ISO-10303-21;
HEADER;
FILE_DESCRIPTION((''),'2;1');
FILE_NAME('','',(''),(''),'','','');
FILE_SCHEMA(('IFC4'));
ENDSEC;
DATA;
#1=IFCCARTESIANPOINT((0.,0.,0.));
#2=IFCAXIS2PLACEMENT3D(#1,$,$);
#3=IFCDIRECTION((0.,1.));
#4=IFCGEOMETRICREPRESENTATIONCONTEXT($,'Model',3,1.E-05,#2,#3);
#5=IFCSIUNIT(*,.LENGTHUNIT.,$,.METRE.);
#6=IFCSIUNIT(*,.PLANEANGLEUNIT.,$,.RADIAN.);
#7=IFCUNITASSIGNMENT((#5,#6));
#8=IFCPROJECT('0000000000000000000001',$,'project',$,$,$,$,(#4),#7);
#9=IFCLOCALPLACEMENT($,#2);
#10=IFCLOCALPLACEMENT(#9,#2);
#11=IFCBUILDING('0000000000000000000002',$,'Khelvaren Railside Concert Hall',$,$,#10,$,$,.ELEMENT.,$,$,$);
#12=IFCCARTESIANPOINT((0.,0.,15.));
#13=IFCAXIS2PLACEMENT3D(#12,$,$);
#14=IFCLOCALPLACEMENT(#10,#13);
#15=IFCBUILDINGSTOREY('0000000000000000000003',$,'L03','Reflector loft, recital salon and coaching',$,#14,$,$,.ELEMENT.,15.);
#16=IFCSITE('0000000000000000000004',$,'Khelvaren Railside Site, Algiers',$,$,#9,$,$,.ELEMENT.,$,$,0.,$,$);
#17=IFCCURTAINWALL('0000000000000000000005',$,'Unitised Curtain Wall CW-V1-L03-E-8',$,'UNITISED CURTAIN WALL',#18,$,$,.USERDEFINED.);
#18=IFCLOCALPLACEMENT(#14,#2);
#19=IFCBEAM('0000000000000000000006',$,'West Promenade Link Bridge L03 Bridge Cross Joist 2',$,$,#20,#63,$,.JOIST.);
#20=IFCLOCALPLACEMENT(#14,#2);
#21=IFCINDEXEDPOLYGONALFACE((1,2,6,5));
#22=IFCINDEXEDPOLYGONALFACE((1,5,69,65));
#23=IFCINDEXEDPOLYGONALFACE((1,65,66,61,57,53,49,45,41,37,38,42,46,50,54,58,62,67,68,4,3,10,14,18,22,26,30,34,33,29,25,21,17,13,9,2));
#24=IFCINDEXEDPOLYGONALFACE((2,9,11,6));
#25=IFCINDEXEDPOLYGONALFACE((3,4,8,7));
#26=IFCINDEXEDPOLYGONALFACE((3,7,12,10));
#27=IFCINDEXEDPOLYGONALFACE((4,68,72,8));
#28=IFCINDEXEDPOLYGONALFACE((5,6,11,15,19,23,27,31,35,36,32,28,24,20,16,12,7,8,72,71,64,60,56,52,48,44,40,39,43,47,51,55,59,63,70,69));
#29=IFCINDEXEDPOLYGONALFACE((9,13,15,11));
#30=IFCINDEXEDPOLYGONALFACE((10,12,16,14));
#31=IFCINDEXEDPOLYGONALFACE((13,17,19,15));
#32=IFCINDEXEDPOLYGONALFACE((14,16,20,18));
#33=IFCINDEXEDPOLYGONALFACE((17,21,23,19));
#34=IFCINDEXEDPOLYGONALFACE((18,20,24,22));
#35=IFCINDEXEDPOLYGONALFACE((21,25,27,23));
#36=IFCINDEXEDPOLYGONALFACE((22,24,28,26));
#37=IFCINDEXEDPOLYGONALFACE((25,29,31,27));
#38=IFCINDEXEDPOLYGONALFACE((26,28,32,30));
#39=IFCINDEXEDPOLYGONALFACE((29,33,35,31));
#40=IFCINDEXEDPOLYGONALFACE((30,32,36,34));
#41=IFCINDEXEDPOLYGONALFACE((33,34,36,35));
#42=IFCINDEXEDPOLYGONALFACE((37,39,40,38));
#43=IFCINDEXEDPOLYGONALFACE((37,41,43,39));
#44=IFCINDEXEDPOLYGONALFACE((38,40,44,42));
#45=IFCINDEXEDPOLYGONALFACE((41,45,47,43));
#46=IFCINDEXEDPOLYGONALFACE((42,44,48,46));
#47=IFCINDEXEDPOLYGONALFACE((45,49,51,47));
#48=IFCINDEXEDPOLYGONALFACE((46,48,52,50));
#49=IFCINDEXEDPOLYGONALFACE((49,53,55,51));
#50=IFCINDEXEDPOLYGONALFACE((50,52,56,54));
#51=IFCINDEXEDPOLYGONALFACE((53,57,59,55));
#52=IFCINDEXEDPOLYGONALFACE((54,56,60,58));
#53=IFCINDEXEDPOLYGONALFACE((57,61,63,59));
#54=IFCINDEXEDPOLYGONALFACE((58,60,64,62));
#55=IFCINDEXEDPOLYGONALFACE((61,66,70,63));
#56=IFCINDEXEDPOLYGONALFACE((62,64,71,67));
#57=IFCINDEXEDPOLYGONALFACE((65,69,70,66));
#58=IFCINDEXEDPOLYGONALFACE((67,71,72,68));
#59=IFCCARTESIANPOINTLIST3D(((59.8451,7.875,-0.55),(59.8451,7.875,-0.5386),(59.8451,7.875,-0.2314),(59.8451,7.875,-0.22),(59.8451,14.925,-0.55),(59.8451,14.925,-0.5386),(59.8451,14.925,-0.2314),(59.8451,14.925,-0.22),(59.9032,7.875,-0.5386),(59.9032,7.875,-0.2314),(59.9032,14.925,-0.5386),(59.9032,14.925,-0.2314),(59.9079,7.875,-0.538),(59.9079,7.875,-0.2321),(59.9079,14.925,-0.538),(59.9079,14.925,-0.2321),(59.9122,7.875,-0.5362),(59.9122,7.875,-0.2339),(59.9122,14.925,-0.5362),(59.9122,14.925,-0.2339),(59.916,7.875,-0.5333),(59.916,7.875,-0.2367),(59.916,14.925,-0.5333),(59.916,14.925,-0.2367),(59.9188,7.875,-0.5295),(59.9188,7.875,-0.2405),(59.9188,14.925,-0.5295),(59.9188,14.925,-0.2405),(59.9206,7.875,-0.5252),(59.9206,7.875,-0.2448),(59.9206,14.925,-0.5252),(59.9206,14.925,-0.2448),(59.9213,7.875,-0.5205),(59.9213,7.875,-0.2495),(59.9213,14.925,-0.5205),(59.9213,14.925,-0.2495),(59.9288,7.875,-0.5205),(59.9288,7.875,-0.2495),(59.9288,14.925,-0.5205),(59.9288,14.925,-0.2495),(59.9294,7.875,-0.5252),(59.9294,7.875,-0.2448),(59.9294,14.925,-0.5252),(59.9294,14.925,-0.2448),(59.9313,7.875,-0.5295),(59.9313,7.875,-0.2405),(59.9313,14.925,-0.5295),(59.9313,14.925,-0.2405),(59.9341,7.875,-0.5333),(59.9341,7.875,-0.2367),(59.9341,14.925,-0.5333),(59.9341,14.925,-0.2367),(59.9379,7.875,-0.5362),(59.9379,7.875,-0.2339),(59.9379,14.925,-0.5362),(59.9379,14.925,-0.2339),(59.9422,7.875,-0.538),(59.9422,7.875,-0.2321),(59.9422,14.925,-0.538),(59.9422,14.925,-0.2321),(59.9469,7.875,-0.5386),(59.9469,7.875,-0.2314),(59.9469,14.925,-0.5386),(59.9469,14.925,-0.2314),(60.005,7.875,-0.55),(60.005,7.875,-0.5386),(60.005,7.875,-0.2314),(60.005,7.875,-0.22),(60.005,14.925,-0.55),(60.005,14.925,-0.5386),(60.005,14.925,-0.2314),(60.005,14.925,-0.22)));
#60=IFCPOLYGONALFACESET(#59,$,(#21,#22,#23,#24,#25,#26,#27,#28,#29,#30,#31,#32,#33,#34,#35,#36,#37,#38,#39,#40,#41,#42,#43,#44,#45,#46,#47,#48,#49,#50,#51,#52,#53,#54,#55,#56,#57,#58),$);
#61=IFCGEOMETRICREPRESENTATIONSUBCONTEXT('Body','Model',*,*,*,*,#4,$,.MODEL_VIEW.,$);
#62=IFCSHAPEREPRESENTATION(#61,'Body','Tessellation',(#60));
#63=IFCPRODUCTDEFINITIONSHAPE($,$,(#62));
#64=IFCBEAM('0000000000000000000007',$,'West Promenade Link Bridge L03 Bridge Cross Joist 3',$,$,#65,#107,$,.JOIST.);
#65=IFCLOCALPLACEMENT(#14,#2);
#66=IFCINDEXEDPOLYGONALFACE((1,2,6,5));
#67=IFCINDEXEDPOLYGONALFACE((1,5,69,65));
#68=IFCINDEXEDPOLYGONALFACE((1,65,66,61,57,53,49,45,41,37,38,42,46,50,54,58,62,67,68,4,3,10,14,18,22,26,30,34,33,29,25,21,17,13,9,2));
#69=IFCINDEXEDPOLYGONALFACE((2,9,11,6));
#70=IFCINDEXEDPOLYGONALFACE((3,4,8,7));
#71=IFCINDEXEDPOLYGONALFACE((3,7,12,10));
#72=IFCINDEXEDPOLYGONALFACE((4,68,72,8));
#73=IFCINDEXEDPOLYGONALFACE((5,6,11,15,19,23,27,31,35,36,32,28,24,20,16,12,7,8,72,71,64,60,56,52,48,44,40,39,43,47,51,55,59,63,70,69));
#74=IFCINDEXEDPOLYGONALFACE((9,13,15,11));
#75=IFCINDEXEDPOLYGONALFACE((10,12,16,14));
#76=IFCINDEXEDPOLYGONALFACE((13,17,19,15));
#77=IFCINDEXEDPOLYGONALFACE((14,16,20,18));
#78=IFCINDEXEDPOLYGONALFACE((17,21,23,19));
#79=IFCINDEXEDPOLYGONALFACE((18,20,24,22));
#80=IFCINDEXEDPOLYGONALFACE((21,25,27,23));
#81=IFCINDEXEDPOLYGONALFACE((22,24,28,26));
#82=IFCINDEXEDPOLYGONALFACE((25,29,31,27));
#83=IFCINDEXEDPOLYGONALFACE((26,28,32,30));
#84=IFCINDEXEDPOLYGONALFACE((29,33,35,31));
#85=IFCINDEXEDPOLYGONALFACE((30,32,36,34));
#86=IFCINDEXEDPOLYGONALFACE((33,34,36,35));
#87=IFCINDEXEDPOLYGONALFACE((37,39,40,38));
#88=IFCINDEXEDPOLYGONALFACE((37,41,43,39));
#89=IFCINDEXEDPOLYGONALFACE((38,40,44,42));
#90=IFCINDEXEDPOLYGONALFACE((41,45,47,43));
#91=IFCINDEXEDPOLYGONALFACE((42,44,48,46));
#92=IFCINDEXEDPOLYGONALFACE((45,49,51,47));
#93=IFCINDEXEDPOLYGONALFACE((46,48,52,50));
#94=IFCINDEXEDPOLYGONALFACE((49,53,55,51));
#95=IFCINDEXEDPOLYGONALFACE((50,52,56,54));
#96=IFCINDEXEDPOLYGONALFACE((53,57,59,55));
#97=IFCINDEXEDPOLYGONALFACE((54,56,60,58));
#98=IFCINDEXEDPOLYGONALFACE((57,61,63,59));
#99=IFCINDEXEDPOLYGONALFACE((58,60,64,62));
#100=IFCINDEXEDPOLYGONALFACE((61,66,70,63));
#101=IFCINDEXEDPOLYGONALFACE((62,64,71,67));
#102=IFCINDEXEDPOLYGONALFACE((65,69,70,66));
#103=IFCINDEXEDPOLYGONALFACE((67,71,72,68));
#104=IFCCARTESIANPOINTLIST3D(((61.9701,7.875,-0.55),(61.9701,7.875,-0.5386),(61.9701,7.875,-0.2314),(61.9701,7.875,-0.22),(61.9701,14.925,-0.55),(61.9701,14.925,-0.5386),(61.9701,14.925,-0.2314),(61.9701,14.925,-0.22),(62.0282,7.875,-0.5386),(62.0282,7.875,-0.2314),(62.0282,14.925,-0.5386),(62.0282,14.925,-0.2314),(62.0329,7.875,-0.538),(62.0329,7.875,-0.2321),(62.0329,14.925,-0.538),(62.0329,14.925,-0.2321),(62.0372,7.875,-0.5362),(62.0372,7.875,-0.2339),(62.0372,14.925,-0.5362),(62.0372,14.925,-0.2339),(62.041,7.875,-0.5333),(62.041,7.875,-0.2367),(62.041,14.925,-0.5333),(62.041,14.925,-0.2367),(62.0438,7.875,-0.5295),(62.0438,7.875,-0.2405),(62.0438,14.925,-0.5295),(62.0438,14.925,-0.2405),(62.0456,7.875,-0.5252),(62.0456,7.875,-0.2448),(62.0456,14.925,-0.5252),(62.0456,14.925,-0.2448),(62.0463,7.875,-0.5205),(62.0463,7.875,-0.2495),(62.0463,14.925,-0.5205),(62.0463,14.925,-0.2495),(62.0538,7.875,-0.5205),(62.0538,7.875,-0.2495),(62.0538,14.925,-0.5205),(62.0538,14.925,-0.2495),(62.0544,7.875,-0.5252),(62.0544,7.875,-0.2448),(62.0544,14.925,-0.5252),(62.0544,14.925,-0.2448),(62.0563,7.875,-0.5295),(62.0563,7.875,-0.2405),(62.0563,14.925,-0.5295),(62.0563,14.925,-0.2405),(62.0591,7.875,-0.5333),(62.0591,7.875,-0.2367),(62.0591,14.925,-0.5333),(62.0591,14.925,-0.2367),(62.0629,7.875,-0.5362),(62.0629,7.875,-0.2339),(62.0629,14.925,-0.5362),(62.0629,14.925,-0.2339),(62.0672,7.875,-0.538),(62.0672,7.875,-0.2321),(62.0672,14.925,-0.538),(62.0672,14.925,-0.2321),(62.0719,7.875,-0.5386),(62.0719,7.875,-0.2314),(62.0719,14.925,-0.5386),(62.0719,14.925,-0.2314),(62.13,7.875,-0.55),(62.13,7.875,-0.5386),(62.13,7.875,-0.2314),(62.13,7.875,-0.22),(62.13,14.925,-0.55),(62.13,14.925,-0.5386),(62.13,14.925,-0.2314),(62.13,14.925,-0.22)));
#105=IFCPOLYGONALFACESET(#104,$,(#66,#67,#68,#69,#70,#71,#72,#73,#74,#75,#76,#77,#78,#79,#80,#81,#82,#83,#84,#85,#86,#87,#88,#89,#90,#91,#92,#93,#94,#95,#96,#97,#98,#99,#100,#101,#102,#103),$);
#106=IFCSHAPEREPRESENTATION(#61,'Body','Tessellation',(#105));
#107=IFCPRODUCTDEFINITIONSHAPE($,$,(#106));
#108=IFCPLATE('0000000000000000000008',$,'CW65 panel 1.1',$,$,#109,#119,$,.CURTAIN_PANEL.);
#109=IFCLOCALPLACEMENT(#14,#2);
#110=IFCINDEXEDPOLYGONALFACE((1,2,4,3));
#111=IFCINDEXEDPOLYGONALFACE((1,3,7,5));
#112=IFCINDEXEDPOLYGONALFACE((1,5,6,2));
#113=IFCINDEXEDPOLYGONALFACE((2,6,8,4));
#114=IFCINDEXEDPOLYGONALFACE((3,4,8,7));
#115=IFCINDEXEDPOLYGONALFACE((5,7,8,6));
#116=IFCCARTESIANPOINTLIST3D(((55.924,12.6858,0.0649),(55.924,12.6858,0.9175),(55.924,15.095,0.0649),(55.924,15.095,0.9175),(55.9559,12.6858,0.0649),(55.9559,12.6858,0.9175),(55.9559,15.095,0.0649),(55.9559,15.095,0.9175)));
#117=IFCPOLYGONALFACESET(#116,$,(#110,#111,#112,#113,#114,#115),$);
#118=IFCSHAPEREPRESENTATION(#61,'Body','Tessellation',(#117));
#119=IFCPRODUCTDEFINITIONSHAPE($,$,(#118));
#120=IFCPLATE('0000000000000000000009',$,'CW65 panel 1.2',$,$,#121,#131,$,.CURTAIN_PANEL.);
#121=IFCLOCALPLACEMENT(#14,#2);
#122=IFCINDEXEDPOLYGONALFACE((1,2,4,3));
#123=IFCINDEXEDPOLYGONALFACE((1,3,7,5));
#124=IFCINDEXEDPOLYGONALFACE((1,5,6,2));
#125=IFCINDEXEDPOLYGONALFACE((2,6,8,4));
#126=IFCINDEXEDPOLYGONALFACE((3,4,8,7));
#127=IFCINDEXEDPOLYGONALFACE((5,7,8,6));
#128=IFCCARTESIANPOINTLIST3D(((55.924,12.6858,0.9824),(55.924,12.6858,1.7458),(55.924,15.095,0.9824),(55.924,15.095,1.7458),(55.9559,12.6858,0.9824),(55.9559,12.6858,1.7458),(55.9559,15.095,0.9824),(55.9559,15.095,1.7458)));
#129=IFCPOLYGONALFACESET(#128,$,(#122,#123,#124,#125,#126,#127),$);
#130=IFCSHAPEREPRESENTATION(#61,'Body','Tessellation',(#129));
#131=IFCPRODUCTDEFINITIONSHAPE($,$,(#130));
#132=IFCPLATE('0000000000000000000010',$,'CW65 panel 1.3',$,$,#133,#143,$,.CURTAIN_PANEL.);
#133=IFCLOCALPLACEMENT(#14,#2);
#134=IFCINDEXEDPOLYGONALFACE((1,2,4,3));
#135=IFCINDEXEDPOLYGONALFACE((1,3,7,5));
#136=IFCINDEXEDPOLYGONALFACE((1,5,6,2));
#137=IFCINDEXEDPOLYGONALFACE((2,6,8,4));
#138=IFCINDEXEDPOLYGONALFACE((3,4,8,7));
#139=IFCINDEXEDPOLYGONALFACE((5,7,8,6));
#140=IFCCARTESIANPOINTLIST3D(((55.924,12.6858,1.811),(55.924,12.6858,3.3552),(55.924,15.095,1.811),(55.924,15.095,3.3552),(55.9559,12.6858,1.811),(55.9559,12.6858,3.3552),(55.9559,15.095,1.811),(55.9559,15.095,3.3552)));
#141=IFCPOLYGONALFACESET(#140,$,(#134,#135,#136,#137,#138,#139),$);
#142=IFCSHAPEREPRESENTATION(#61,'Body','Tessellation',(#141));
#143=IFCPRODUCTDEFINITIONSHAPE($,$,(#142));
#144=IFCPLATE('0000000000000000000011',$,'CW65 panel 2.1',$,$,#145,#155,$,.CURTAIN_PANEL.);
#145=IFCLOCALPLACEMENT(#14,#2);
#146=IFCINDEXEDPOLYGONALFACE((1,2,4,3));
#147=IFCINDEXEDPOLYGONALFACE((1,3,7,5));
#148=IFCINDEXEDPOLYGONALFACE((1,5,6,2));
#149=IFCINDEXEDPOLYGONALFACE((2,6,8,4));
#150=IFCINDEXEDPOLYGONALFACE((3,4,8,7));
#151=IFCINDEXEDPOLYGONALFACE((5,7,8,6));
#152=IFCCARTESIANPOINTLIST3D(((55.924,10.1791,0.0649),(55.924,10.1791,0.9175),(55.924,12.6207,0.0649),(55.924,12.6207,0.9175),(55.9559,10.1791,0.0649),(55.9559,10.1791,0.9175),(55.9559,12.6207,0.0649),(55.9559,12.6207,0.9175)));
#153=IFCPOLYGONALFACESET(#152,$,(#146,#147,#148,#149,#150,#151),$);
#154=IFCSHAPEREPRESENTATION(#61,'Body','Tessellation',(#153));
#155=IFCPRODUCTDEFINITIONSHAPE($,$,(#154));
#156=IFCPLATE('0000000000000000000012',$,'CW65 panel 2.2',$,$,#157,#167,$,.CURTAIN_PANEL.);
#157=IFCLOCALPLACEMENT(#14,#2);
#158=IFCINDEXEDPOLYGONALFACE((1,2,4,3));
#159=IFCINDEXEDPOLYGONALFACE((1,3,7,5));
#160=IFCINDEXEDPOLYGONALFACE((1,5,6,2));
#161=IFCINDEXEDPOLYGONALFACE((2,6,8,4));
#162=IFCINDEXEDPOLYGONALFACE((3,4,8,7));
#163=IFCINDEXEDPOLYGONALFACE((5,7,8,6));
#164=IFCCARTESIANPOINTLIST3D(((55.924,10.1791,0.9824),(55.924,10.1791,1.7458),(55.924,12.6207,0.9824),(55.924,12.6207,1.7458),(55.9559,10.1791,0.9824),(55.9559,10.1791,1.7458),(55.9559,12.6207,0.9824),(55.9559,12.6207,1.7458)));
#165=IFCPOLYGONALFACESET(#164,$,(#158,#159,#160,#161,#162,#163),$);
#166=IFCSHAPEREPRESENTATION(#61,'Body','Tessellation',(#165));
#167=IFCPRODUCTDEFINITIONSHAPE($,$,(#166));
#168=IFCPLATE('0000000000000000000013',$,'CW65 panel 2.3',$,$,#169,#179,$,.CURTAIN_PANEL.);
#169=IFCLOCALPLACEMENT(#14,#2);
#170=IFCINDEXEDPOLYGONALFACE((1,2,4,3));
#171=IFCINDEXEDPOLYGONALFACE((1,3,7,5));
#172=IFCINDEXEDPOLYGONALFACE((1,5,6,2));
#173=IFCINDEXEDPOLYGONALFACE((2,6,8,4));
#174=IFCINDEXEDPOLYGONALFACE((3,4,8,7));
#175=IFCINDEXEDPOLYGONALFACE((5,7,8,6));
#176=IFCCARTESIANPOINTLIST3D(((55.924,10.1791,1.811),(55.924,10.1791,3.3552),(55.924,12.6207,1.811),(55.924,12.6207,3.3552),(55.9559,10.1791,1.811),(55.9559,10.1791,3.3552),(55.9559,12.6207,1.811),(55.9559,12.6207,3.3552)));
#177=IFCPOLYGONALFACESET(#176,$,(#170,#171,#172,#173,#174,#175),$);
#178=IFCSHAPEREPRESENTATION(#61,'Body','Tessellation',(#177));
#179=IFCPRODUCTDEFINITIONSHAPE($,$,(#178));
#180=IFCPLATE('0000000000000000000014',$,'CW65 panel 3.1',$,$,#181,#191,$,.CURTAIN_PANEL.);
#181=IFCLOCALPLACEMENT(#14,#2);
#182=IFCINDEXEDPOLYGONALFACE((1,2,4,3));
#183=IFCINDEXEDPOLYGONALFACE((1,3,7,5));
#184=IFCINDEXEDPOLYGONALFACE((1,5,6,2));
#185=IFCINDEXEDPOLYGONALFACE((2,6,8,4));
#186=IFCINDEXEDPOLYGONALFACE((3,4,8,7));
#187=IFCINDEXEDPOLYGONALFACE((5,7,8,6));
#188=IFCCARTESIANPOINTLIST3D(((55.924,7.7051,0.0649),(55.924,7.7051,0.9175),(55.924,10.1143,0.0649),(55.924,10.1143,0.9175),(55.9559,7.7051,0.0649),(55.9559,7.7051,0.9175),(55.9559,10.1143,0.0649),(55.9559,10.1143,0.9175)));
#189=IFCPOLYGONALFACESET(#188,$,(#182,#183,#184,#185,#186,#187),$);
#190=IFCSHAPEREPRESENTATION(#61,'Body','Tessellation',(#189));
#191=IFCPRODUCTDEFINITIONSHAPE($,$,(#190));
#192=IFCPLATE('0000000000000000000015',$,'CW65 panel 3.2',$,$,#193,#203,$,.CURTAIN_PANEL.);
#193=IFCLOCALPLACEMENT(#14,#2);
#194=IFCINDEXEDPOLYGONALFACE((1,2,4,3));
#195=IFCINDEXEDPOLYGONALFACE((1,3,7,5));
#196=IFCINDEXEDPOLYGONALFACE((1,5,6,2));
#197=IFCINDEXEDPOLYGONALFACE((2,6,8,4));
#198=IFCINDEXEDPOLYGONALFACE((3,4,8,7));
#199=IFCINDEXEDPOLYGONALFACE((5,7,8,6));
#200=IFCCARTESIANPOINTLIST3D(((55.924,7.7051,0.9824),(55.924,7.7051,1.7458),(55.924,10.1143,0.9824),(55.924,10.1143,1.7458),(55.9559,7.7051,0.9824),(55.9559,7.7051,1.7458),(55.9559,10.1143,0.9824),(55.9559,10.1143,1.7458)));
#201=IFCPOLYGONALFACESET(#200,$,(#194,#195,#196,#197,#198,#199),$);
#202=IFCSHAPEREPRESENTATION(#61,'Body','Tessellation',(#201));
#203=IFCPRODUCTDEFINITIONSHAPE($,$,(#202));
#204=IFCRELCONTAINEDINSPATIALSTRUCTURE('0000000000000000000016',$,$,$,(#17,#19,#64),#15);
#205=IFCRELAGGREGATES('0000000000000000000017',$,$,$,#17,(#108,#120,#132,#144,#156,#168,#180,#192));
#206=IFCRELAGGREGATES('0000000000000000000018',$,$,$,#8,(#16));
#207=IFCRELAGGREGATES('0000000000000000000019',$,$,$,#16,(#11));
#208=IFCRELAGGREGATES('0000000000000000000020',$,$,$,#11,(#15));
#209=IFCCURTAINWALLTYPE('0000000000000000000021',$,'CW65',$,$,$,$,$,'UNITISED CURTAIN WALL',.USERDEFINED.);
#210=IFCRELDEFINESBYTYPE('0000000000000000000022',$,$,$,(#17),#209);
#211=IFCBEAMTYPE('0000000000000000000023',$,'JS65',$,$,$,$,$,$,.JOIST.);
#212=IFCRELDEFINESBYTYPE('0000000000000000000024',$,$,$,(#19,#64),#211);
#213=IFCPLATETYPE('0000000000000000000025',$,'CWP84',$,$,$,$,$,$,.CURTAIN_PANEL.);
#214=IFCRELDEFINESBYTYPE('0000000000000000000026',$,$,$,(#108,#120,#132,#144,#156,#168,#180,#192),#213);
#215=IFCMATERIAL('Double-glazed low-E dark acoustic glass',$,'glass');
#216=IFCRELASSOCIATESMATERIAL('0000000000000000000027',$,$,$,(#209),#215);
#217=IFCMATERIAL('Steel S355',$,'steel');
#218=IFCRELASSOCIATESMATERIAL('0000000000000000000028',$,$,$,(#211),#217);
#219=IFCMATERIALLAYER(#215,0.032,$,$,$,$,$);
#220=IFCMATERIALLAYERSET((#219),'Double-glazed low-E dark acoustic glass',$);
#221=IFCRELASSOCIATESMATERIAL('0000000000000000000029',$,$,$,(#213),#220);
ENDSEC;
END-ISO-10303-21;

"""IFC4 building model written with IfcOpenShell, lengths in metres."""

from ifc_helpers import new_model, si_unit, direction, frame, origin, origin_2d, place, context, subcontext, project, spatial, rectangle, i_section, extrude, material, layer, layer_set, material_profile, profile_set, type_object, element, aggregate, save


model = new_model("IFC4")

# Units and contexts
model_context = context("Model", 3, precision=1e-05, world=origin(), true_north=direction((0.0, 1.0)))
body_context = subcontext(model_context, "Body", "Model", "MODEL_VIEW")
ifc_project = project(units=[si_unit("LENGTHUNIT", "METRE"), si_unit("PLANEANGLEUNIT", "RADIAN")], contexts=[model_context])

# Site, building, storey
site_placement = place(None, origin())
site = spatial("IfcSite", under=ifc_project, at=site_placement, Name="Khelvaren Railside Site, Algiers", CompositionType="ELEMENT", RefElevation=0.0)
building_placement = place(site_placement, origin())
building = spatial("IfcBuilding", under=site, at=building_placement, Name="Khelvaren Railside Concert Hall", CompositionType="ELEMENT")
storey_placement = place(building_placement, frame((0.0, 0.0, 15.0)))
storey = spatial("IfcBuildingStorey", under=building, at=storey_placement, Name="L03", Description="Reflector loft, recital salon and coaching", CompositionType="ELEMENT", Elevation=15.0)

# Shared definitions
ifc_material_1 = material(Name="Steel S355", Category="steel")

# Curtain wall
ifc_material_2 = material(Name="Double-glazed low-E dark acoustic glass", Category="glass")
curtain_wall_type = type_object("IfcCurtainWallType", Name="CW65", ElementType="UNITISED CURTAIN WALL", PredefinedType="USERDEFINED", material=ifc_material_2)
curtain_wall_placement = place(storey_placement, origin())
curtain_wall = element("IfcCurtainWall", 1, at=curtain_wall_placement, inside=storey, type_object=curtain_wall_type, Name="Unitised Curtain Wall CW-V1-L03-E-8", ObjectType="UNITISED CURTAIN WALL", PredefinedType="USERDEFINED")

# Beams
ifc_material_profile_1 = material_profile(ifc_material_1, i_section(OverallWidth=0.1599, OverallDepth=0.3301, WebThickness=0.0076, FlangeThickness=0.0115, FilletRadius=0.0181, at=origin_2d()), Name="IPE 330")
ifc_profile_set_1 = profile_set([ifc_material_profile_1], Name="Steel S355")
beam_type_1 = type_object("IfcBeamType", Name="JS65", PredefinedType="JOIST", material=ifc_profile_set_1)
for number, where, z_axis, x_axis, name in (
    (2, (59.925, 7.875, -0.385), (0.0, 1.0, 0.0), (-1.0, 0.0, 0.0), "West Promenade Link Bridge L03 Bridge Cross Joist 2"),
    (3, (62.05, 7.875, -0.385), (0.0, 1.0, 0.0), (-1.0, 0.0, 0.0), "West Promenade Link Bridge L03 Bridge Cross Joist 3"),
):
    element("IfcBeam", number, at=place(storey_placement, frame(where, z_axis=z_axis, x_axis=x_axis)), inside=storey, type_object=beam_type_1, Name=name, PredefinedType="JOIST", context=body_context, shape_type="SweptSolid", body=[
        extrude(i_section(OverallWidth=0.1599, OverallDepth=0.3301, WebThickness=0.0076, FlangeThickness=0.0115, FilletRadius=0.0181, at=origin_2d()), origin(), (0.0, 0.0, 1.0), 7.05),
    ])

# Plates
ifc_layer_1 = layer(ifc_material_2, 0.032)
ifc_layer_set_1 = layer_set([ifc_layer_1], Name="Double-glazed low-E dark acoustic glass")
plate_type = type_object("IfcPlateType", Name="CWP84", PredefinedType="CURTAIN_PANEL", material=ifc_layer_set_1)
plate_1_placement = place(storey_placement, frame((55.9399, 13.8904, 0.0649), z_axis=(0.0, 0.0, 1.0), x_axis=(0.0, -1.0, 0.0)))
plate_1 = element("IfcPlate", 4, at=plate_1_placement, type_object=plate_type, Name="CW65 panel 1.1", PredefinedType="CURTAIN_PANEL", context=body_context, shape_type="SweptSolid", body=[
    extrude(rectangle(XDim=2.4092, YDim=0.032, at=origin_2d()), origin(), (0.0, 0.0, 1.0), 0.8525),
])
plate_2_placement = place(storey_placement, frame((55.9399, 13.8904, 0.9824), z_axis=(0.0, 0.0, 1.0), x_axis=(0.0, -1.0, 0.0)))
plate_2 = element("IfcPlate", 5, at=plate_2_placement, type_object=plate_type, Name="CW65 panel 1.2", PredefinedType="CURTAIN_PANEL", context=body_context, shape_type="SweptSolid", body=[
    extrude(rectangle(XDim=2.4092, YDim=0.032, at=origin_2d()), origin(), (0.0, 0.0, 1.0), 0.7634),
])
plate_3_placement = place(storey_placement, frame((55.9399, 13.8904, 1.811), z_axis=(0.0, 0.0, 1.0), x_axis=(0.0, -1.0, 0.0)))
plate_3 = element("IfcPlate", 6, at=plate_3_placement, type_object=plate_type, Name="CW65 panel 1.3", PredefinedType="CURTAIN_PANEL", context=body_context, shape_type="SweptSolid", body=[
    extrude(rectangle(XDim=2.4092, YDim=0.032, at=origin_2d()), origin(), (0.0, 0.0, 1.0), 1.5442),
])
plate_4_placement = place(storey_placement, frame((55.9399, 11.3999, 0.0649), z_axis=(0.0, 0.0, 1.0), x_axis=(0.0, -1.0, 0.0)))
plate_4 = element("IfcPlate", 7, at=plate_4_placement, type_object=plate_type, Name="CW65 panel 2.1", PredefinedType="CURTAIN_PANEL", context=body_context, shape_type="SweptSolid", body=[
    extrude(rectangle(XDim=2.4417, YDim=0.032, at=origin_2d()), origin(), (0.0, 0.0, 1.0), 0.8525),
])
plate_5_placement = place(storey_placement, frame((55.9399, 11.3999, 0.9824), z_axis=(0.0, 0.0, 1.0), x_axis=(0.0, -1.0, 0.0)))
plate_5 = element("IfcPlate", 8, at=plate_5_placement, type_object=plate_type, Name="CW65 panel 2.2", PredefinedType="CURTAIN_PANEL", context=body_context, shape_type="SweptSolid", body=[
    extrude(rectangle(XDim=2.4417, YDim=0.032, at=origin_2d()), origin(), (0.0, 0.0, 1.0), 0.7634),
])
plate_6_placement = place(storey_placement, frame((55.9399, 11.3999, 1.811), z_axis=(0.0, 0.0, 1.0), x_axis=(0.0, -1.0, 0.0)))
plate_6 = element("IfcPlate", 9, at=plate_6_placement, type_object=plate_type, Name="CW65 panel 2.3", PredefinedType="CURTAIN_PANEL", context=body_context, shape_type="SweptSolid", body=[
    extrude(rectangle(XDim=2.4417, YDim=0.032, at=origin_2d()), origin(), (0.0, 0.0, 1.0), 1.5442),
])
plate_7_placement = place(storey_placement, frame((55.9399, 8.9097, 0.0649), z_axis=(0.0, 0.0, 1.0), x_axis=(0.0, -1.0, 0.0)))
plate_7 = element("IfcPlate", 10, at=plate_7_placement, type_object=plate_type, Name="CW65 panel 3.1", PredefinedType="CURTAIN_PANEL", context=body_context, shape_type="SweptSolid", body=[
    extrude(rectangle(XDim=2.4092, YDim=0.032, at=origin_2d()), origin(), (0.0, 0.0, 1.0), 0.8525),
])
plate_8_placement = place(storey_placement, frame((55.9399, 8.9097, 0.9824), z_axis=(0.0, 0.0, 1.0), x_axis=(0.0, -1.0, 0.0)))
plate_8 = element("IfcPlate", 11, at=plate_8_placement, type_object=plate_type, Name="CW65 panel 3.2", PredefinedType="CURTAIN_PANEL", context=body_context, shape_type="SweptSolid", body=[
    extrude(rectangle(XDim=2.4092, YDim=0.032, at=origin_2d()), origin(), (0.0, 0.0, 1.0), 0.7634),
])
aggregate(curtain_wall, [plate_1, plate_2, plate_3, plate_4, plate_5, plate_6, plate_7, plate_8])

save(model, "model.ifc")
